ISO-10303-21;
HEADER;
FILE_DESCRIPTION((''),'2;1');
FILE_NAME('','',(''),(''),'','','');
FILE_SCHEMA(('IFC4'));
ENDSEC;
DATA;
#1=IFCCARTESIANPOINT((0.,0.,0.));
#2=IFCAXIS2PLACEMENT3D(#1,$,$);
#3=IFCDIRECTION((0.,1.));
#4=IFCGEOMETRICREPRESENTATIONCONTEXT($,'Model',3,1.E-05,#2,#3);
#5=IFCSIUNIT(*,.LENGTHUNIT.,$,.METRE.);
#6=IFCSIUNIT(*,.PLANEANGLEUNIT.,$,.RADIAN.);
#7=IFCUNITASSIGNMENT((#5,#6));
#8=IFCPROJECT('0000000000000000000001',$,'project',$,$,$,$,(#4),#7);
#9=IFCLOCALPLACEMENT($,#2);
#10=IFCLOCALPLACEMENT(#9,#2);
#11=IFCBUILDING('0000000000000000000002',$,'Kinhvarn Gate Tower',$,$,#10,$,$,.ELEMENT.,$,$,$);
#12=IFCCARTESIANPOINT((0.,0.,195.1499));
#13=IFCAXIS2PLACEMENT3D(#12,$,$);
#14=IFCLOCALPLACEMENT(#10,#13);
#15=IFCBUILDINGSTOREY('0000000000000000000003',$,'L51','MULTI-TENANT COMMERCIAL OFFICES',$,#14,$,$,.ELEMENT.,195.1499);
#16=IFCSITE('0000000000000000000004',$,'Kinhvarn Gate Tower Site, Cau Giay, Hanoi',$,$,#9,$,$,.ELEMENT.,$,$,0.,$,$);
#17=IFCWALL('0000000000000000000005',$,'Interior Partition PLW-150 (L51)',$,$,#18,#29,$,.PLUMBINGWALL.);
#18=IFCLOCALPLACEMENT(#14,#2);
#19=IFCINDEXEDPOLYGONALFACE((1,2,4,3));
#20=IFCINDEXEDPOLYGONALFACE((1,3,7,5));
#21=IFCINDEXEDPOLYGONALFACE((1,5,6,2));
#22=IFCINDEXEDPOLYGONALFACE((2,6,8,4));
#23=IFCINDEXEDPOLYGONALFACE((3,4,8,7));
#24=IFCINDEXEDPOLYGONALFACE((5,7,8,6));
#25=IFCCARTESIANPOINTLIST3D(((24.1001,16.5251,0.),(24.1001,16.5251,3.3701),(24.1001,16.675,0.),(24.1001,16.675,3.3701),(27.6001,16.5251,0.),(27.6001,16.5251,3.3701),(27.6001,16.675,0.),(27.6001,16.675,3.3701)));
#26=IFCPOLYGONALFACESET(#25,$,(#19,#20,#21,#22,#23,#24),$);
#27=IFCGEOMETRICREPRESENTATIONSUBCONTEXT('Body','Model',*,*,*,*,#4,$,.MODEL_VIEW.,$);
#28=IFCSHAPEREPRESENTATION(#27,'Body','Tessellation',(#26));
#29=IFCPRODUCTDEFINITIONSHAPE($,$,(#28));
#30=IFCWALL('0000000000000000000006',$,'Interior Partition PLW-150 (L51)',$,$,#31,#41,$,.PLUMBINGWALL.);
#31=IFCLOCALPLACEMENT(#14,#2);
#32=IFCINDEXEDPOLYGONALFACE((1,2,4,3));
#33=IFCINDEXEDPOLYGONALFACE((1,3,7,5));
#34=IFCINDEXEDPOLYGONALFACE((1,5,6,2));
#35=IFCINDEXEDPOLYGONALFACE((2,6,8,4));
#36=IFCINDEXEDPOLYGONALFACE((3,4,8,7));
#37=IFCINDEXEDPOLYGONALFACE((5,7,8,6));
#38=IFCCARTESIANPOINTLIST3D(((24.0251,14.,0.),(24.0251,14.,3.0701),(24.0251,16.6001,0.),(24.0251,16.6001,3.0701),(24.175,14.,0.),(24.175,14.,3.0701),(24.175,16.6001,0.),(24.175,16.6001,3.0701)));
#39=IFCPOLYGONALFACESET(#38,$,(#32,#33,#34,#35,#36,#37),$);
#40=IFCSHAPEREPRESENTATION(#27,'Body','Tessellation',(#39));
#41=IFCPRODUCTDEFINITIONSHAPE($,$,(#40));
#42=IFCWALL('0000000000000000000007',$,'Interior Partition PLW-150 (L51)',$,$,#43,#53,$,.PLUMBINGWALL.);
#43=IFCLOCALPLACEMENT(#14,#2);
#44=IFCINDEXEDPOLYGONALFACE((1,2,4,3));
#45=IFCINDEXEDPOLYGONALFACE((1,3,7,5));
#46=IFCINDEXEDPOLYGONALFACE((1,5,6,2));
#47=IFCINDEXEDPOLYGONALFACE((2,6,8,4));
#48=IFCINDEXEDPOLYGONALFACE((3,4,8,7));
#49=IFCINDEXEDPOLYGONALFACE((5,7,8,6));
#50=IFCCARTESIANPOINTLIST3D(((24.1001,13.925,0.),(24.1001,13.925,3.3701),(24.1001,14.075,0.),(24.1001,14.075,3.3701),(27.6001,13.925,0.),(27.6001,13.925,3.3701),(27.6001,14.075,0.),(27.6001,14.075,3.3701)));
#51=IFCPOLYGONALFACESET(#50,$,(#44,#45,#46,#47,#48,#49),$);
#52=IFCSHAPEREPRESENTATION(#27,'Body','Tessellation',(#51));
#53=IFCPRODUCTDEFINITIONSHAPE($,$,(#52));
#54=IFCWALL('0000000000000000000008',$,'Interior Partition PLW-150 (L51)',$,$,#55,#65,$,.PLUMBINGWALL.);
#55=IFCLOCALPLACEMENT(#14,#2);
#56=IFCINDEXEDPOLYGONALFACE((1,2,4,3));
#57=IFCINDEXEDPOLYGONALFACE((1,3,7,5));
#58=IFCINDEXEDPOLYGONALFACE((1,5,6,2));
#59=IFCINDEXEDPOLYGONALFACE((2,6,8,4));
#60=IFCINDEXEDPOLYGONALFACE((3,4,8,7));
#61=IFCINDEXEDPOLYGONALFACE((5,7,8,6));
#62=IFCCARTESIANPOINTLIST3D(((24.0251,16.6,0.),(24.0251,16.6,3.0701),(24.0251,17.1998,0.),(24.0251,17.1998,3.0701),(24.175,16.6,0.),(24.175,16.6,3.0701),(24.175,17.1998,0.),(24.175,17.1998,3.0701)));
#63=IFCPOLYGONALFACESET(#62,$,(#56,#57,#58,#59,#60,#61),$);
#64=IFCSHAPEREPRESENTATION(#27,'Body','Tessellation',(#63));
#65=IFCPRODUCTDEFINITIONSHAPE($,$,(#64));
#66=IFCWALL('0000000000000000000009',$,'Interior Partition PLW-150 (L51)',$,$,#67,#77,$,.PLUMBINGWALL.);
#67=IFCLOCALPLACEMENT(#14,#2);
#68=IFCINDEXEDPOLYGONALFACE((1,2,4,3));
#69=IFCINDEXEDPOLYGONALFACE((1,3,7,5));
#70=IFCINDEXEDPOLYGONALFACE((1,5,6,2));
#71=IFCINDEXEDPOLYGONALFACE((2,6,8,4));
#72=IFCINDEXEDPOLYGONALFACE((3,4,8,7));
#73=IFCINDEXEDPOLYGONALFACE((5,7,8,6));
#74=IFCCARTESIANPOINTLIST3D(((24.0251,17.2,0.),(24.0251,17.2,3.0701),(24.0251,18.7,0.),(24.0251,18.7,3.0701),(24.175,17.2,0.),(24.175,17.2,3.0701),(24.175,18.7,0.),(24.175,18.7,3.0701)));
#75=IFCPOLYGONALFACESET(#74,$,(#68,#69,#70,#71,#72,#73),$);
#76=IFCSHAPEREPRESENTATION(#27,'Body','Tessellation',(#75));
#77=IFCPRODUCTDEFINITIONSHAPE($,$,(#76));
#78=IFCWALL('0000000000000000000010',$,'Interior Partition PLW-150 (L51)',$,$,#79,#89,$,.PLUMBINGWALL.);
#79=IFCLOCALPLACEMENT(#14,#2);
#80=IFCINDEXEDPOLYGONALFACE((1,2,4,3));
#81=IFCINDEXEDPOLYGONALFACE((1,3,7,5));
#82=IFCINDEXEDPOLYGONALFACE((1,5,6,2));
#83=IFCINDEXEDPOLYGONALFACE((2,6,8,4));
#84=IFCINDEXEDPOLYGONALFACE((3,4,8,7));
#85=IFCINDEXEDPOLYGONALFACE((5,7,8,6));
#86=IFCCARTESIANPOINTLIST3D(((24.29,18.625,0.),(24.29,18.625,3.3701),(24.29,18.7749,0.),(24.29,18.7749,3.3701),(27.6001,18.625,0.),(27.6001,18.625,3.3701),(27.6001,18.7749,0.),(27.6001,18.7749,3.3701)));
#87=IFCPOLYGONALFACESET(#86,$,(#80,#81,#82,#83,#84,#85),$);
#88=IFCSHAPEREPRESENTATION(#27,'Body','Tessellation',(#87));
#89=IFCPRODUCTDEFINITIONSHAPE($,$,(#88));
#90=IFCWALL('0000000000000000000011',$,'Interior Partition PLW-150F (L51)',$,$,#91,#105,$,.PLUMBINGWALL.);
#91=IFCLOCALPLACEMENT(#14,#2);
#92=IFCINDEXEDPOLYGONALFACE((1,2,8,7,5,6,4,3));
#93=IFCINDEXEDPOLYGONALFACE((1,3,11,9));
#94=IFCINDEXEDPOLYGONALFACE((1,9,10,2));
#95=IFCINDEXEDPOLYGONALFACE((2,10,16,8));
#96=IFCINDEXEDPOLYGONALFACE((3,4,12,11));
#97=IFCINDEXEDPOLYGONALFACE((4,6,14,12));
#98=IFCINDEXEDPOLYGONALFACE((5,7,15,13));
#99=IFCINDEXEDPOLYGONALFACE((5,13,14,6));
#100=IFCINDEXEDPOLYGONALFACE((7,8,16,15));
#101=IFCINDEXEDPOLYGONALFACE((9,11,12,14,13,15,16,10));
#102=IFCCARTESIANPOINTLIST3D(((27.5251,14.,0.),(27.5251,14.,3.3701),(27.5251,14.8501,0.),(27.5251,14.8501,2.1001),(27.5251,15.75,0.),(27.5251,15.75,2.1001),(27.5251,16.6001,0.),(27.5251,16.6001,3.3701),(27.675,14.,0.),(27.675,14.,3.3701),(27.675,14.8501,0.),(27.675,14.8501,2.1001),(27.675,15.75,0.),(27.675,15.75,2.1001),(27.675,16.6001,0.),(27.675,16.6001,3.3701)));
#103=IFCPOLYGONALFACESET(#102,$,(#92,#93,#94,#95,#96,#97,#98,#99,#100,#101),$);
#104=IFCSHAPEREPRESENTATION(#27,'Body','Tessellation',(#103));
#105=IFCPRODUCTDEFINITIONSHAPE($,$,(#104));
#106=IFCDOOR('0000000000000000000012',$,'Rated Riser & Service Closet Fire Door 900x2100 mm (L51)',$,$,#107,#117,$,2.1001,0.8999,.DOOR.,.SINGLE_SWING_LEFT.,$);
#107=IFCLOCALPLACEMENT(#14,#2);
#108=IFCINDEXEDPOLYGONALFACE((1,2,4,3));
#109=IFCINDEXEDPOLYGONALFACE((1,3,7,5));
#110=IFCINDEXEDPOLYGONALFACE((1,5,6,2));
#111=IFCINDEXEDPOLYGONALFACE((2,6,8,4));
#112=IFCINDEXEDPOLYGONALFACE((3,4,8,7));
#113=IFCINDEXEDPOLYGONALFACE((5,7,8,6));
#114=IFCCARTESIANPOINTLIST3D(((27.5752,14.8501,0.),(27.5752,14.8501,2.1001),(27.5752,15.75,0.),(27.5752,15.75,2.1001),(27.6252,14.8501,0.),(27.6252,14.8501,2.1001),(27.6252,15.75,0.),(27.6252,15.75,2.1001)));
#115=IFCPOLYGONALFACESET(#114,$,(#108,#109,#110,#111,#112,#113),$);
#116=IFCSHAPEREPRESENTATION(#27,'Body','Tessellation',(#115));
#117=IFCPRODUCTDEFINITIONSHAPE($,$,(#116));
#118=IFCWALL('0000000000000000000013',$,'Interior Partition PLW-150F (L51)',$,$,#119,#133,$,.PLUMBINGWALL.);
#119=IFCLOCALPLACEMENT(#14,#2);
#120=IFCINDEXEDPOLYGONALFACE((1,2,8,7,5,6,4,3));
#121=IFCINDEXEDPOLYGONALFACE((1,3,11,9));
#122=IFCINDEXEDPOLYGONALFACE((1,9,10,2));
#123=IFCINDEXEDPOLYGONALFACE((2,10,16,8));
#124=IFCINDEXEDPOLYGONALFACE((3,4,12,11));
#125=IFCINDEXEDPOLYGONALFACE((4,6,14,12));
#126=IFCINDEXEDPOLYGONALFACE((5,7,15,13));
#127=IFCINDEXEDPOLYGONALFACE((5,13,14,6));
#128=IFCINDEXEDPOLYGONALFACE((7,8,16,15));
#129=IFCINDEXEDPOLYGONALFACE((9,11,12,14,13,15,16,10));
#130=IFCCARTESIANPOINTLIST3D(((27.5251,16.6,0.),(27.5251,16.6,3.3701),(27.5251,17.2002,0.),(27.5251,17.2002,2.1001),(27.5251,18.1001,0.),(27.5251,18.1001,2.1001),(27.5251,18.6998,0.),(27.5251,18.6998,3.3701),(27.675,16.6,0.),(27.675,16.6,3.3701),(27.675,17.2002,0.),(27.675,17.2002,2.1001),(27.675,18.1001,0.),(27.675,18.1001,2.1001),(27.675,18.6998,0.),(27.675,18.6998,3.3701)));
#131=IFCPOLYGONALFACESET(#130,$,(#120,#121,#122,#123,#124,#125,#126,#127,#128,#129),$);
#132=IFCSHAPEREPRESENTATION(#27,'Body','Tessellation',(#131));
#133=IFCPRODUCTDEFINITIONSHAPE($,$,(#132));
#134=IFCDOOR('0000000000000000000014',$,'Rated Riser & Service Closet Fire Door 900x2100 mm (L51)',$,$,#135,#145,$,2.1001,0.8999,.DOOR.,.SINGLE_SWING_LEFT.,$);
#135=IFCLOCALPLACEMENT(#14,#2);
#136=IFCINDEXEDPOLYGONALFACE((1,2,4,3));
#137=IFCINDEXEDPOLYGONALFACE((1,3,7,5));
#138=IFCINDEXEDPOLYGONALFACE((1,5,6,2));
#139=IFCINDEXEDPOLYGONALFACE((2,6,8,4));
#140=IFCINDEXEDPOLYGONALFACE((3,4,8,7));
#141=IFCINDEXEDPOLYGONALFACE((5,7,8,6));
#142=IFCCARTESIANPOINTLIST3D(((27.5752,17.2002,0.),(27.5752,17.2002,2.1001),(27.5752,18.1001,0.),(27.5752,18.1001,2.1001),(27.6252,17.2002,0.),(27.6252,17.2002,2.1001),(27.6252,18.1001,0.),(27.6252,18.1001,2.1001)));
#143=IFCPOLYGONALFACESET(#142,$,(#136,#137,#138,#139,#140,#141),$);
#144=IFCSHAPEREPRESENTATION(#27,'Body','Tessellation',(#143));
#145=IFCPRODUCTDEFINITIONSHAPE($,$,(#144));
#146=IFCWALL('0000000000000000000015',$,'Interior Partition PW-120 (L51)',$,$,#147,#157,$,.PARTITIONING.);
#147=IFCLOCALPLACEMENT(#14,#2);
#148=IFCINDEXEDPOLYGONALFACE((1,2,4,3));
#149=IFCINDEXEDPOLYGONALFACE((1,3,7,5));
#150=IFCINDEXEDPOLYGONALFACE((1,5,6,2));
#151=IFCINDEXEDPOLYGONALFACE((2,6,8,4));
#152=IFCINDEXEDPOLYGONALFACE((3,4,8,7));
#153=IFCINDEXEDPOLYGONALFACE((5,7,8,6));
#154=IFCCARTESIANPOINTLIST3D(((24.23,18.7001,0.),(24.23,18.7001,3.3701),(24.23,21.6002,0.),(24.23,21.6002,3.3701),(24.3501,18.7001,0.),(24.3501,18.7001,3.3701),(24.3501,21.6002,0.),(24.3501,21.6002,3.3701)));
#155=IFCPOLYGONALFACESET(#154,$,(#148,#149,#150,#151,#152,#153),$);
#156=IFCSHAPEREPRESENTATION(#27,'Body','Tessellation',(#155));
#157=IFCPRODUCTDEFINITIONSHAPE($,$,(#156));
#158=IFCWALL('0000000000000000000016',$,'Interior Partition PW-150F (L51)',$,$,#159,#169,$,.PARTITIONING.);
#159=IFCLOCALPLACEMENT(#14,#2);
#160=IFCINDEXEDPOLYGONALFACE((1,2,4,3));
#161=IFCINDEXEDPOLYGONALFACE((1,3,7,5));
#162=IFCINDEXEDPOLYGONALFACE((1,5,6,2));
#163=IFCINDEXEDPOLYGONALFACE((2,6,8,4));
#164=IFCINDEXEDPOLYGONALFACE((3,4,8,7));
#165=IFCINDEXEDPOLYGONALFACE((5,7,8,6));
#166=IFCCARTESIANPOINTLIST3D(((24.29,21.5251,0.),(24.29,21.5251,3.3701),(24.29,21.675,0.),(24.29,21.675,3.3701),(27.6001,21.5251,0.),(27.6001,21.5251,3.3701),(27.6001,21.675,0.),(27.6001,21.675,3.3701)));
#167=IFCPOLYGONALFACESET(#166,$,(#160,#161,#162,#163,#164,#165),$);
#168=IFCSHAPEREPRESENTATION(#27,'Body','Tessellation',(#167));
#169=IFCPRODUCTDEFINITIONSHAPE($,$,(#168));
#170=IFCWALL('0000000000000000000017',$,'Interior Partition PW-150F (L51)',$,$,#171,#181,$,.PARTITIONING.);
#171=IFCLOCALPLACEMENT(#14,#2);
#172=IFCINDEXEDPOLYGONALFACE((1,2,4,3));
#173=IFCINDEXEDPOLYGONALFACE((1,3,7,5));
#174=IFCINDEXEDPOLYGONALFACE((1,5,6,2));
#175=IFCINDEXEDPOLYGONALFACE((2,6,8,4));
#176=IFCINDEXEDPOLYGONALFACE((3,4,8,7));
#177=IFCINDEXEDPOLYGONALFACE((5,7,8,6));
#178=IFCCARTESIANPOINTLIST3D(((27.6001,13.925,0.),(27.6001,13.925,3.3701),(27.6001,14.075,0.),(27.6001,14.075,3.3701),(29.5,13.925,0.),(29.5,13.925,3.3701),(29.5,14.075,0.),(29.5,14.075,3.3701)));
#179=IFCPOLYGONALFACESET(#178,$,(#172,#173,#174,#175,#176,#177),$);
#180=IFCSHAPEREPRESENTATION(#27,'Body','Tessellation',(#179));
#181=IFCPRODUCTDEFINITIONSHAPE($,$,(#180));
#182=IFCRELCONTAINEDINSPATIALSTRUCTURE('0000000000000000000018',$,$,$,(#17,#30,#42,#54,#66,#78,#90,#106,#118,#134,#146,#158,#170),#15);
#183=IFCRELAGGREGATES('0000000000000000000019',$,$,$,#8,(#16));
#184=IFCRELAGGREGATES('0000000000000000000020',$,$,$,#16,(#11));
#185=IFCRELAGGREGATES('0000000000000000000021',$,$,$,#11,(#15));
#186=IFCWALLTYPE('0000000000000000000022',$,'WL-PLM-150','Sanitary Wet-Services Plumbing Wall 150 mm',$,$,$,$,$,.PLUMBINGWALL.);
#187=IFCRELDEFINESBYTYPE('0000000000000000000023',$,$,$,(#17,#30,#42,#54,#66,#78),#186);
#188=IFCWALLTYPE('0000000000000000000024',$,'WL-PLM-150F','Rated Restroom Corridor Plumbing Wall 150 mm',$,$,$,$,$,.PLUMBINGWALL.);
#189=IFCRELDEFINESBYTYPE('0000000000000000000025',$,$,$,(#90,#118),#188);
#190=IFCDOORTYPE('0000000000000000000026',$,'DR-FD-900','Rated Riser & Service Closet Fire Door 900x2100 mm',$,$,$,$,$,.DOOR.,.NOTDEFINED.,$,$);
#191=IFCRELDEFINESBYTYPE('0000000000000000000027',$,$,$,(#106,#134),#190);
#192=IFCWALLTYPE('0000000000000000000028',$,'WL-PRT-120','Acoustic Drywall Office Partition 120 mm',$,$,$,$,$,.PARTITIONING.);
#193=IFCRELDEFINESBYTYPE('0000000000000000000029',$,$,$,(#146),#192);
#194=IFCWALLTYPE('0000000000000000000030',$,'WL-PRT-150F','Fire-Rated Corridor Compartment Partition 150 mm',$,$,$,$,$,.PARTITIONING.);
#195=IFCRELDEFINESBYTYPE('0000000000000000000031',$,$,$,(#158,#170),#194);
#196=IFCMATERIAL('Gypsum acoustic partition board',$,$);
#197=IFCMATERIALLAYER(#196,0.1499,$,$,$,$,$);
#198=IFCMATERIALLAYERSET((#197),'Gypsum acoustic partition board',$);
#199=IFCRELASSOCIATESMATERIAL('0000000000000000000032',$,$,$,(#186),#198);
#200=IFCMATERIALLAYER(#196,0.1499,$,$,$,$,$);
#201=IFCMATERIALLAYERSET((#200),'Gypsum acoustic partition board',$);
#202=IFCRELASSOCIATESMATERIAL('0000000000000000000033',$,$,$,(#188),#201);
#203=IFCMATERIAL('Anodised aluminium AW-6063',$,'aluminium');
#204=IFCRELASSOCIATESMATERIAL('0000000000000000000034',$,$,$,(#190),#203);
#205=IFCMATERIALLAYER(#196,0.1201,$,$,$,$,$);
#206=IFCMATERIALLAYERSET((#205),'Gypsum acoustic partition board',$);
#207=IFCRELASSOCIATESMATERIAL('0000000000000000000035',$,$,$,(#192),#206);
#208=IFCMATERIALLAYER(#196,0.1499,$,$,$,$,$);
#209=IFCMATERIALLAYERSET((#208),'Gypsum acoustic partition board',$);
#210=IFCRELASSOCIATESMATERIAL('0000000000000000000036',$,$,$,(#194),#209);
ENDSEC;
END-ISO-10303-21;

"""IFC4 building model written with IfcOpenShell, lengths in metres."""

from ifc_helpers import new_model, si_unit, direction, frame, frame_2d, origin, place, context, subcontext, project, spatial, rectangle, extrude, material, layer, layer_set, type_object, element, fill, save


model = new_model("IFC4")

# Units and contexts
model_context = context("Model", 3, precision=1e-05, world=origin(), true_north=direction((0.0, 1.0)))
body_context = subcontext(model_context, "Body", "Model", "MODEL_VIEW")
ifc_project = project(units=[si_unit("LENGTHUNIT", "METRE"), si_unit("PLANEANGLEUNIT", "RADIAN")], contexts=[model_context])

# Site, building, storey
site_placement = place(None, origin())
site = spatial("IfcSite", under=ifc_project, at=site_placement, Name="Kinhvarn Gate Tower Site, Cau Giay, Hanoi", CompositionType="ELEMENT", RefElevation=0.0)
building_placement = place(site_placement, origin())
building = spatial("IfcBuilding", under=site, at=building_placement, Name="Kinhvarn Gate Tower", CompositionType="ELEMENT")
storey_placement = place(building_placement, frame((0.0, 0.0, 195.1499)))
storey = spatial("IfcBuildingStorey", under=building, at=storey_placement, Name="L51", Description="MULTI-TENANT COMMERCIAL OFFICES", CompositionType="ELEMENT", Elevation=195.1499)

# Walls
ifc_material_1 = material(Name="Gypsum acoustic partition board")
ifc_layer_1 = layer(ifc_material_1, 0.1499)
ifc_layer_set_1 = layer_set([ifc_layer_1], Name="Gypsum acoustic partition board")
wall_type_1 = type_object("IfcWallType", Name="WL-PLM-150", Description="Sanitary Wet-Services Plumbing Wall 150 mm", PredefinedType="PLUMBINGWALL", material=ifc_layer_set_1)
wall_1_placement = place(storey_placement, frame((24.1001, 16.6001, 0.0), z_axis=(0.0, 0.0, 1.0), x_axis=(1.0, 0.0, 0.0)))
element("IfcWall", 1, at=wall_1_placement, inside=storey, type_object=wall_type_1, Name="Interior Partition PLW-150 (L51)", PredefinedType="PLUMBINGWALL", context=body_context, shape_type="SweptSolid", body=[
    extrude(rectangle(XDim=3.5, YDim=0.1499, at=frame_2d((1.75, 0.0))), origin(), (0.0, 0.0, 1.0), 3.3701),
])
wall_2_placement = place(storey_placement, frame((24.1001, 14.0, 0.0), z_axis=(0.0, 0.0, 1.0), x_axis=(0.0, 1.0, 0.0)))
element("IfcWall", 2, at=wall_2_placement, inside=storey, type_object=wall_type_1, Name="Interior Partition PLW-150 (L51)", PredefinedType="PLUMBINGWALL", context=body_context, shape_type="SweptSolid", body=[
    extrude(rectangle(XDim=2.6001, YDim=0.1499, at=frame_2d((1.3, 0.0))), origin(), (0.0, 0.0, 1.0), 3.0701),
])
wall_3_placement = place(storey_placement, frame((24.1001, 14.0, 0.0), z_axis=(0.0, 0.0, 1.0), x_axis=(1.0, 0.0, 0.0)))
element("IfcWall", 3, at=wall_3_placement, inside=storey, type_object=wall_type_1, Name="Interior Partition PLW-150 (L51)", PredefinedType="PLUMBINGWALL", context=body_context, shape_type="SweptSolid", body=[
    extrude(rectangle(XDim=3.5, YDim=0.1499, at=frame_2d((1.75, 0.0))), origin(), (0.0, 0.0, 1.0), 3.3701),
])
wall_4_placement = place(storey_placement, frame((24.1001, 16.6001, 0.0), z_axis=(0.0, 0.0, 1.0), x_axis=(0.0, 1.0, 0.0)))
element("IfcWall", 4, at=wall_4_placement, inside=storey, type_object=wall_type_1, Name="Interior Partition PLW-150 (L51)", PredefinedType="PLUMBINGWALL", context=body_context, shape_type="SweptSolid", body=[
    extrude(rectangle(XDim=0.5999, YDim=0.1499, at=frame_2d((0.2998, 0.0))), origin(), (0.0, 0.0, 1.0), 3.0701),
])
wall_5_placement = place(storey_placement, frame((24.1001, 17.2, 0.0), z_axis=(0.0, 0.0, 1.0), x_axis=(0.0, 1.0, 0.0)))
element("IfcWall", 5, at=wall_5_placement, inside=storey, type_object=wall_type_1, Name="Interior Partition PLW-150 (L51)", PredefinedType="PLUMBINGWALL", context=body_context, shape_type="SweptSolid", body=[
    extrude(rectangle(XDim=1.5, YDim=0.1499, at=frame_2d((0.75, 0.0))), origin(), (0.0, 0.0, 1.0), 3.0701),
])
wall_6_placement = place(storey_placement, frame((24.29, 18.7, 0.0), z_axis=(0.0, 0.0, 1.0), x_axis=(1.0, 0.0, 0.0)))
element("IfcWall", 6, at=wall_6_placement, inside=storey, type_object=wall_type_1, Name="Interior Partition PLW-150 (L51)", PredefinedType="PLUMBINGWALL", context=body_context, shape_type="SweptSolid", body=[
    extrude(rectangle(XDim=3.3101, YDim=0.1499, at=frame_2d((1.655, 0.0))), origin(), (0.0, 0.0, 1.0), 3.3701),
])

# Walls, openings, doors
ifc_layer_2 = layer(ifc_material_1, 0.1499)
ifc_layer_set_2 = layer_set([ifc_layer_2], Name="Gypsum acoustic partition board")
wall_type_2 = type_object("IfcWallType", Name="WL-PLM-150F", Description="Rated Restroom Corridor Plumbing Wall 150 mm", PredefinedType="PLUMBINGWALL", material=ifc_layer_set_2)
wall_7_placement = place(storey_placement, frame((27.6001, 14.0, 0.0), z_axis=(0.0, 0.0, 1.0), x_axis=(0.0, 1.0, 0.0)))
wall_7 = element("IfcWall", 7, at=wall_7_placement, inside=storey, type_object=wall_type_2, Name="Interior Partition PLW-150F (L51)", PredefinedType="PLUMBINGWALL", context=body_context, shape_type="SweptSolid", body=[
    extrude(rectangle(XDim=2.6001, YDim=0.1499, at=frame_2d((1.3, 0.0))), origin(), (0.0, 0.0, 1.0), 3.3701),
])
opening_1_placement = place(wall_7_placement, frame((0.8501, 0.0, 0.0)))
opening_1 = element("IfcOpeningElement", 8, at=opening_1_placement, cuts=wall_7, PredefinedType="OPENING", context=body_context, shape_type="SweptSolid", body=[
    extrude(rectangle(XDim=0.8999, YDim=2.1001, at=frame_2d((0.45, 1.05))), frame((0.0, 0.085, 0.0), z_axis=(0.0, -1.0, 0.0), x_axis=(1.0, 0.0, 0.0)), (0.0, 0.0, 1.0), 0.1699),
])
ifc_material_2 = material(Name="Anodised aluminium AW-6063", Category="aluminium")
door_type_1 = type_object("IfcDoorType", Name="DR-FD-900", Description="Rated Riser & Service Closet Fire Door 900x2100 mm", OperationType="NOTDEFINED", PredefinedType="DOOR", material=ifc_material_2)
door_1_placement = place(opening_1_placement, origin())
door_1 = element("IfcDoor", 9, at=door_1_placement, inside=storey, type_object=door_type_1, Name="Rated Riser & Service Closet Fire Door 900x2100 mm (L51)", OperationType="SINGLE_SWING_LEFT", OverallHeight=2.1001, OverallWidth=0.8999, PredefinedType="DOOR", context=body_context, shape_type="SweptSolid", body=[
    extrude(rectangle(XDim=0.8999, YDim=2.1001, at=frame_2d((0.45, 1.05))), frame((0.0, 0.0249, 0.0), z_axis=(0.0, -1.0, 0.0), x_axis=(1.0, 0.0, 0.0)), (0.0, 0.0, 1.0), 0.05),
])
fill(opening_1, door_1)
wall_8_placement = place(storey_placement, frame((27.6001, 16.6001, 0.0), z_axis=(0.0, 0.0, 1.0), x_axis=(0.0, 1.0, 0.0)))
wall_8 = element("IfcWall", 10, at=wall_8_placement, inside=storey, type_object=wall_type_2, Name="Interior Partition PLW-150F (L51)", PredefinedType="PLUMBINGWALL", context=body_context, shape_type="SweptSolid", body=[
    extrude(rectangle(XDim=2.0999, YDim=0.1499, at=frame_2d((1.0498, 0.0))), origin(), (0.0, 0.0, 1.0), 3.3701),
])
opening_2_placement = place(wall_8_placement, frame((0.6001, 0.0, 0.0)))
opening_2 = element("IfcOpeningElement", 11, at=opening_2_placement, cuts=wall_8, PredefinedType="OPENING", context=body_context, shape_type="SweptSolid", body=[
    extrude(rectangle(XDim=0.8999, YDim=2.1001, at=frame_2d((0.45, 1.05))), frame((0.0, 0.085, 0.0), z_axis=(0.0, -1.0, 0.0), x_axis=(1.0, 0.0, 0.0)), (0.0, 0.0, 1.0), 0.1699),
])
door_2_placement = place(opening_2_placement, origin())
door_2 = element("IfcDoor", 12, at=door_2_placement, inside=storey, type_object=door_type_1, Name="Rated Riser & Service Closet Fire Door 900x2100 mm (L51)", OperationType="SINGLE_SWING_LEFT", OverallHeight=2.1001, OverallWidth=0.8999, PredefinedType="DOOR", context=body_context, shape_type="SweptSolid", body=[
    extrude(rectangle(XDim=0.8999, YDim=2.1001, at=frame_2d((0.45, 1.05))), frame((0.0, 0.0249, 0.0), z_axis=(0.0, -1.0, 0.0), x_axis=(1.0, 0.0, 0.0)), (0.0, 0.0, 1.0), 0.05),
])
fill(opening_2, door_2)

# Walls
ifc_layer_3 = layer(ifc_material_1, 0.1201)
ifc_layer_set_3 = layer_set([ifc_layer_3], Name="Gypsum acoustic partition board")
wall_type_3 = type_object("IfcWallType", Name="WL-PRT-120", Description="Acoustic Drywall Office Partition 120 mm", PredefinedType="PARTITIONING", material=ifc_layer_set_3)
wall_9_placement = place(storey_placement, frame((24.29, 18.7, 0.0), z_axis=(0.0, 0.0, 1.0), x_axis=(0.0, 1.0, 0.0)))
element("IfcWall", 13, at=wall_9_placement, inside=storey, type_object=wall_type_3, Name="Interior Partition PW-120 (L51)", PredefinedType="PARTITIONING", context=body_context, shape_type="SweptSolid", body=[
    extrude(rectangle(XDim=2.9001, YDim=0.1201, at=frame_2d((1.4502, 0.0))), origin(), (0.0, 0.0, 1.0), 3.3701),
])
ifc_layer_4 = layer(ifc_material_1, 0.1499)
ifc_layer_set_4 = layer_set([ifc_layer_4], Name="Gypsum acoustic partition board")
wall_type_4 = type_object("IfcWallType", Name="WL-PRT-150F", Description="Fire-Rated Corridor Compartment Partition 150 mm", PredefinedType="PARTITIONING", material=ifc_layer_set_4)
wall_10_placement = place(storey_placement, frame((24.29, 21.6001, 0.0), z_axis=(0.0, 0.0, 1.0), x_axis=(1.0, 0.0, 0.0)))
element("IfcWall", 14, at=wall_10_placement, inside=storey, type_object=wall_type_4, Name="Interior Partition PW-150F (L51)", PredefinedType="PARTITIONING", context=body_context, shape_type="SweptSolid", body=[
    extrude(rectangle(XDim=3.3101, YDim=0.1499, at=frame_2d((1.655, 0.0))), origin(), (0.0, 0.0, 1.0), 3.3701),
])

# Wall
wall_11_placement = place(storey_placement, frame((27.6001, 14.0, 0.0), z_axis=(0.0, 0.0, 1.0), x_axis=(1.0, 0.0, 0.0)))
element("IfcWall", 15, at=wall_11_placement, inside=storey, type_object=wall_type_4, Name="Interior Partition PW-150F (L51)", PredefinedType="PARTITIONING", context=body_context, shape_type="SweptSolid", body=[
    extrude(rectangle(XDim=1.8999, YDim=0.1499, at=frame_2d((0.95, 0.0))), origin(), (0.0, 0.0, 1.0), 3.3701),
])

save(model, "model.ifc")
